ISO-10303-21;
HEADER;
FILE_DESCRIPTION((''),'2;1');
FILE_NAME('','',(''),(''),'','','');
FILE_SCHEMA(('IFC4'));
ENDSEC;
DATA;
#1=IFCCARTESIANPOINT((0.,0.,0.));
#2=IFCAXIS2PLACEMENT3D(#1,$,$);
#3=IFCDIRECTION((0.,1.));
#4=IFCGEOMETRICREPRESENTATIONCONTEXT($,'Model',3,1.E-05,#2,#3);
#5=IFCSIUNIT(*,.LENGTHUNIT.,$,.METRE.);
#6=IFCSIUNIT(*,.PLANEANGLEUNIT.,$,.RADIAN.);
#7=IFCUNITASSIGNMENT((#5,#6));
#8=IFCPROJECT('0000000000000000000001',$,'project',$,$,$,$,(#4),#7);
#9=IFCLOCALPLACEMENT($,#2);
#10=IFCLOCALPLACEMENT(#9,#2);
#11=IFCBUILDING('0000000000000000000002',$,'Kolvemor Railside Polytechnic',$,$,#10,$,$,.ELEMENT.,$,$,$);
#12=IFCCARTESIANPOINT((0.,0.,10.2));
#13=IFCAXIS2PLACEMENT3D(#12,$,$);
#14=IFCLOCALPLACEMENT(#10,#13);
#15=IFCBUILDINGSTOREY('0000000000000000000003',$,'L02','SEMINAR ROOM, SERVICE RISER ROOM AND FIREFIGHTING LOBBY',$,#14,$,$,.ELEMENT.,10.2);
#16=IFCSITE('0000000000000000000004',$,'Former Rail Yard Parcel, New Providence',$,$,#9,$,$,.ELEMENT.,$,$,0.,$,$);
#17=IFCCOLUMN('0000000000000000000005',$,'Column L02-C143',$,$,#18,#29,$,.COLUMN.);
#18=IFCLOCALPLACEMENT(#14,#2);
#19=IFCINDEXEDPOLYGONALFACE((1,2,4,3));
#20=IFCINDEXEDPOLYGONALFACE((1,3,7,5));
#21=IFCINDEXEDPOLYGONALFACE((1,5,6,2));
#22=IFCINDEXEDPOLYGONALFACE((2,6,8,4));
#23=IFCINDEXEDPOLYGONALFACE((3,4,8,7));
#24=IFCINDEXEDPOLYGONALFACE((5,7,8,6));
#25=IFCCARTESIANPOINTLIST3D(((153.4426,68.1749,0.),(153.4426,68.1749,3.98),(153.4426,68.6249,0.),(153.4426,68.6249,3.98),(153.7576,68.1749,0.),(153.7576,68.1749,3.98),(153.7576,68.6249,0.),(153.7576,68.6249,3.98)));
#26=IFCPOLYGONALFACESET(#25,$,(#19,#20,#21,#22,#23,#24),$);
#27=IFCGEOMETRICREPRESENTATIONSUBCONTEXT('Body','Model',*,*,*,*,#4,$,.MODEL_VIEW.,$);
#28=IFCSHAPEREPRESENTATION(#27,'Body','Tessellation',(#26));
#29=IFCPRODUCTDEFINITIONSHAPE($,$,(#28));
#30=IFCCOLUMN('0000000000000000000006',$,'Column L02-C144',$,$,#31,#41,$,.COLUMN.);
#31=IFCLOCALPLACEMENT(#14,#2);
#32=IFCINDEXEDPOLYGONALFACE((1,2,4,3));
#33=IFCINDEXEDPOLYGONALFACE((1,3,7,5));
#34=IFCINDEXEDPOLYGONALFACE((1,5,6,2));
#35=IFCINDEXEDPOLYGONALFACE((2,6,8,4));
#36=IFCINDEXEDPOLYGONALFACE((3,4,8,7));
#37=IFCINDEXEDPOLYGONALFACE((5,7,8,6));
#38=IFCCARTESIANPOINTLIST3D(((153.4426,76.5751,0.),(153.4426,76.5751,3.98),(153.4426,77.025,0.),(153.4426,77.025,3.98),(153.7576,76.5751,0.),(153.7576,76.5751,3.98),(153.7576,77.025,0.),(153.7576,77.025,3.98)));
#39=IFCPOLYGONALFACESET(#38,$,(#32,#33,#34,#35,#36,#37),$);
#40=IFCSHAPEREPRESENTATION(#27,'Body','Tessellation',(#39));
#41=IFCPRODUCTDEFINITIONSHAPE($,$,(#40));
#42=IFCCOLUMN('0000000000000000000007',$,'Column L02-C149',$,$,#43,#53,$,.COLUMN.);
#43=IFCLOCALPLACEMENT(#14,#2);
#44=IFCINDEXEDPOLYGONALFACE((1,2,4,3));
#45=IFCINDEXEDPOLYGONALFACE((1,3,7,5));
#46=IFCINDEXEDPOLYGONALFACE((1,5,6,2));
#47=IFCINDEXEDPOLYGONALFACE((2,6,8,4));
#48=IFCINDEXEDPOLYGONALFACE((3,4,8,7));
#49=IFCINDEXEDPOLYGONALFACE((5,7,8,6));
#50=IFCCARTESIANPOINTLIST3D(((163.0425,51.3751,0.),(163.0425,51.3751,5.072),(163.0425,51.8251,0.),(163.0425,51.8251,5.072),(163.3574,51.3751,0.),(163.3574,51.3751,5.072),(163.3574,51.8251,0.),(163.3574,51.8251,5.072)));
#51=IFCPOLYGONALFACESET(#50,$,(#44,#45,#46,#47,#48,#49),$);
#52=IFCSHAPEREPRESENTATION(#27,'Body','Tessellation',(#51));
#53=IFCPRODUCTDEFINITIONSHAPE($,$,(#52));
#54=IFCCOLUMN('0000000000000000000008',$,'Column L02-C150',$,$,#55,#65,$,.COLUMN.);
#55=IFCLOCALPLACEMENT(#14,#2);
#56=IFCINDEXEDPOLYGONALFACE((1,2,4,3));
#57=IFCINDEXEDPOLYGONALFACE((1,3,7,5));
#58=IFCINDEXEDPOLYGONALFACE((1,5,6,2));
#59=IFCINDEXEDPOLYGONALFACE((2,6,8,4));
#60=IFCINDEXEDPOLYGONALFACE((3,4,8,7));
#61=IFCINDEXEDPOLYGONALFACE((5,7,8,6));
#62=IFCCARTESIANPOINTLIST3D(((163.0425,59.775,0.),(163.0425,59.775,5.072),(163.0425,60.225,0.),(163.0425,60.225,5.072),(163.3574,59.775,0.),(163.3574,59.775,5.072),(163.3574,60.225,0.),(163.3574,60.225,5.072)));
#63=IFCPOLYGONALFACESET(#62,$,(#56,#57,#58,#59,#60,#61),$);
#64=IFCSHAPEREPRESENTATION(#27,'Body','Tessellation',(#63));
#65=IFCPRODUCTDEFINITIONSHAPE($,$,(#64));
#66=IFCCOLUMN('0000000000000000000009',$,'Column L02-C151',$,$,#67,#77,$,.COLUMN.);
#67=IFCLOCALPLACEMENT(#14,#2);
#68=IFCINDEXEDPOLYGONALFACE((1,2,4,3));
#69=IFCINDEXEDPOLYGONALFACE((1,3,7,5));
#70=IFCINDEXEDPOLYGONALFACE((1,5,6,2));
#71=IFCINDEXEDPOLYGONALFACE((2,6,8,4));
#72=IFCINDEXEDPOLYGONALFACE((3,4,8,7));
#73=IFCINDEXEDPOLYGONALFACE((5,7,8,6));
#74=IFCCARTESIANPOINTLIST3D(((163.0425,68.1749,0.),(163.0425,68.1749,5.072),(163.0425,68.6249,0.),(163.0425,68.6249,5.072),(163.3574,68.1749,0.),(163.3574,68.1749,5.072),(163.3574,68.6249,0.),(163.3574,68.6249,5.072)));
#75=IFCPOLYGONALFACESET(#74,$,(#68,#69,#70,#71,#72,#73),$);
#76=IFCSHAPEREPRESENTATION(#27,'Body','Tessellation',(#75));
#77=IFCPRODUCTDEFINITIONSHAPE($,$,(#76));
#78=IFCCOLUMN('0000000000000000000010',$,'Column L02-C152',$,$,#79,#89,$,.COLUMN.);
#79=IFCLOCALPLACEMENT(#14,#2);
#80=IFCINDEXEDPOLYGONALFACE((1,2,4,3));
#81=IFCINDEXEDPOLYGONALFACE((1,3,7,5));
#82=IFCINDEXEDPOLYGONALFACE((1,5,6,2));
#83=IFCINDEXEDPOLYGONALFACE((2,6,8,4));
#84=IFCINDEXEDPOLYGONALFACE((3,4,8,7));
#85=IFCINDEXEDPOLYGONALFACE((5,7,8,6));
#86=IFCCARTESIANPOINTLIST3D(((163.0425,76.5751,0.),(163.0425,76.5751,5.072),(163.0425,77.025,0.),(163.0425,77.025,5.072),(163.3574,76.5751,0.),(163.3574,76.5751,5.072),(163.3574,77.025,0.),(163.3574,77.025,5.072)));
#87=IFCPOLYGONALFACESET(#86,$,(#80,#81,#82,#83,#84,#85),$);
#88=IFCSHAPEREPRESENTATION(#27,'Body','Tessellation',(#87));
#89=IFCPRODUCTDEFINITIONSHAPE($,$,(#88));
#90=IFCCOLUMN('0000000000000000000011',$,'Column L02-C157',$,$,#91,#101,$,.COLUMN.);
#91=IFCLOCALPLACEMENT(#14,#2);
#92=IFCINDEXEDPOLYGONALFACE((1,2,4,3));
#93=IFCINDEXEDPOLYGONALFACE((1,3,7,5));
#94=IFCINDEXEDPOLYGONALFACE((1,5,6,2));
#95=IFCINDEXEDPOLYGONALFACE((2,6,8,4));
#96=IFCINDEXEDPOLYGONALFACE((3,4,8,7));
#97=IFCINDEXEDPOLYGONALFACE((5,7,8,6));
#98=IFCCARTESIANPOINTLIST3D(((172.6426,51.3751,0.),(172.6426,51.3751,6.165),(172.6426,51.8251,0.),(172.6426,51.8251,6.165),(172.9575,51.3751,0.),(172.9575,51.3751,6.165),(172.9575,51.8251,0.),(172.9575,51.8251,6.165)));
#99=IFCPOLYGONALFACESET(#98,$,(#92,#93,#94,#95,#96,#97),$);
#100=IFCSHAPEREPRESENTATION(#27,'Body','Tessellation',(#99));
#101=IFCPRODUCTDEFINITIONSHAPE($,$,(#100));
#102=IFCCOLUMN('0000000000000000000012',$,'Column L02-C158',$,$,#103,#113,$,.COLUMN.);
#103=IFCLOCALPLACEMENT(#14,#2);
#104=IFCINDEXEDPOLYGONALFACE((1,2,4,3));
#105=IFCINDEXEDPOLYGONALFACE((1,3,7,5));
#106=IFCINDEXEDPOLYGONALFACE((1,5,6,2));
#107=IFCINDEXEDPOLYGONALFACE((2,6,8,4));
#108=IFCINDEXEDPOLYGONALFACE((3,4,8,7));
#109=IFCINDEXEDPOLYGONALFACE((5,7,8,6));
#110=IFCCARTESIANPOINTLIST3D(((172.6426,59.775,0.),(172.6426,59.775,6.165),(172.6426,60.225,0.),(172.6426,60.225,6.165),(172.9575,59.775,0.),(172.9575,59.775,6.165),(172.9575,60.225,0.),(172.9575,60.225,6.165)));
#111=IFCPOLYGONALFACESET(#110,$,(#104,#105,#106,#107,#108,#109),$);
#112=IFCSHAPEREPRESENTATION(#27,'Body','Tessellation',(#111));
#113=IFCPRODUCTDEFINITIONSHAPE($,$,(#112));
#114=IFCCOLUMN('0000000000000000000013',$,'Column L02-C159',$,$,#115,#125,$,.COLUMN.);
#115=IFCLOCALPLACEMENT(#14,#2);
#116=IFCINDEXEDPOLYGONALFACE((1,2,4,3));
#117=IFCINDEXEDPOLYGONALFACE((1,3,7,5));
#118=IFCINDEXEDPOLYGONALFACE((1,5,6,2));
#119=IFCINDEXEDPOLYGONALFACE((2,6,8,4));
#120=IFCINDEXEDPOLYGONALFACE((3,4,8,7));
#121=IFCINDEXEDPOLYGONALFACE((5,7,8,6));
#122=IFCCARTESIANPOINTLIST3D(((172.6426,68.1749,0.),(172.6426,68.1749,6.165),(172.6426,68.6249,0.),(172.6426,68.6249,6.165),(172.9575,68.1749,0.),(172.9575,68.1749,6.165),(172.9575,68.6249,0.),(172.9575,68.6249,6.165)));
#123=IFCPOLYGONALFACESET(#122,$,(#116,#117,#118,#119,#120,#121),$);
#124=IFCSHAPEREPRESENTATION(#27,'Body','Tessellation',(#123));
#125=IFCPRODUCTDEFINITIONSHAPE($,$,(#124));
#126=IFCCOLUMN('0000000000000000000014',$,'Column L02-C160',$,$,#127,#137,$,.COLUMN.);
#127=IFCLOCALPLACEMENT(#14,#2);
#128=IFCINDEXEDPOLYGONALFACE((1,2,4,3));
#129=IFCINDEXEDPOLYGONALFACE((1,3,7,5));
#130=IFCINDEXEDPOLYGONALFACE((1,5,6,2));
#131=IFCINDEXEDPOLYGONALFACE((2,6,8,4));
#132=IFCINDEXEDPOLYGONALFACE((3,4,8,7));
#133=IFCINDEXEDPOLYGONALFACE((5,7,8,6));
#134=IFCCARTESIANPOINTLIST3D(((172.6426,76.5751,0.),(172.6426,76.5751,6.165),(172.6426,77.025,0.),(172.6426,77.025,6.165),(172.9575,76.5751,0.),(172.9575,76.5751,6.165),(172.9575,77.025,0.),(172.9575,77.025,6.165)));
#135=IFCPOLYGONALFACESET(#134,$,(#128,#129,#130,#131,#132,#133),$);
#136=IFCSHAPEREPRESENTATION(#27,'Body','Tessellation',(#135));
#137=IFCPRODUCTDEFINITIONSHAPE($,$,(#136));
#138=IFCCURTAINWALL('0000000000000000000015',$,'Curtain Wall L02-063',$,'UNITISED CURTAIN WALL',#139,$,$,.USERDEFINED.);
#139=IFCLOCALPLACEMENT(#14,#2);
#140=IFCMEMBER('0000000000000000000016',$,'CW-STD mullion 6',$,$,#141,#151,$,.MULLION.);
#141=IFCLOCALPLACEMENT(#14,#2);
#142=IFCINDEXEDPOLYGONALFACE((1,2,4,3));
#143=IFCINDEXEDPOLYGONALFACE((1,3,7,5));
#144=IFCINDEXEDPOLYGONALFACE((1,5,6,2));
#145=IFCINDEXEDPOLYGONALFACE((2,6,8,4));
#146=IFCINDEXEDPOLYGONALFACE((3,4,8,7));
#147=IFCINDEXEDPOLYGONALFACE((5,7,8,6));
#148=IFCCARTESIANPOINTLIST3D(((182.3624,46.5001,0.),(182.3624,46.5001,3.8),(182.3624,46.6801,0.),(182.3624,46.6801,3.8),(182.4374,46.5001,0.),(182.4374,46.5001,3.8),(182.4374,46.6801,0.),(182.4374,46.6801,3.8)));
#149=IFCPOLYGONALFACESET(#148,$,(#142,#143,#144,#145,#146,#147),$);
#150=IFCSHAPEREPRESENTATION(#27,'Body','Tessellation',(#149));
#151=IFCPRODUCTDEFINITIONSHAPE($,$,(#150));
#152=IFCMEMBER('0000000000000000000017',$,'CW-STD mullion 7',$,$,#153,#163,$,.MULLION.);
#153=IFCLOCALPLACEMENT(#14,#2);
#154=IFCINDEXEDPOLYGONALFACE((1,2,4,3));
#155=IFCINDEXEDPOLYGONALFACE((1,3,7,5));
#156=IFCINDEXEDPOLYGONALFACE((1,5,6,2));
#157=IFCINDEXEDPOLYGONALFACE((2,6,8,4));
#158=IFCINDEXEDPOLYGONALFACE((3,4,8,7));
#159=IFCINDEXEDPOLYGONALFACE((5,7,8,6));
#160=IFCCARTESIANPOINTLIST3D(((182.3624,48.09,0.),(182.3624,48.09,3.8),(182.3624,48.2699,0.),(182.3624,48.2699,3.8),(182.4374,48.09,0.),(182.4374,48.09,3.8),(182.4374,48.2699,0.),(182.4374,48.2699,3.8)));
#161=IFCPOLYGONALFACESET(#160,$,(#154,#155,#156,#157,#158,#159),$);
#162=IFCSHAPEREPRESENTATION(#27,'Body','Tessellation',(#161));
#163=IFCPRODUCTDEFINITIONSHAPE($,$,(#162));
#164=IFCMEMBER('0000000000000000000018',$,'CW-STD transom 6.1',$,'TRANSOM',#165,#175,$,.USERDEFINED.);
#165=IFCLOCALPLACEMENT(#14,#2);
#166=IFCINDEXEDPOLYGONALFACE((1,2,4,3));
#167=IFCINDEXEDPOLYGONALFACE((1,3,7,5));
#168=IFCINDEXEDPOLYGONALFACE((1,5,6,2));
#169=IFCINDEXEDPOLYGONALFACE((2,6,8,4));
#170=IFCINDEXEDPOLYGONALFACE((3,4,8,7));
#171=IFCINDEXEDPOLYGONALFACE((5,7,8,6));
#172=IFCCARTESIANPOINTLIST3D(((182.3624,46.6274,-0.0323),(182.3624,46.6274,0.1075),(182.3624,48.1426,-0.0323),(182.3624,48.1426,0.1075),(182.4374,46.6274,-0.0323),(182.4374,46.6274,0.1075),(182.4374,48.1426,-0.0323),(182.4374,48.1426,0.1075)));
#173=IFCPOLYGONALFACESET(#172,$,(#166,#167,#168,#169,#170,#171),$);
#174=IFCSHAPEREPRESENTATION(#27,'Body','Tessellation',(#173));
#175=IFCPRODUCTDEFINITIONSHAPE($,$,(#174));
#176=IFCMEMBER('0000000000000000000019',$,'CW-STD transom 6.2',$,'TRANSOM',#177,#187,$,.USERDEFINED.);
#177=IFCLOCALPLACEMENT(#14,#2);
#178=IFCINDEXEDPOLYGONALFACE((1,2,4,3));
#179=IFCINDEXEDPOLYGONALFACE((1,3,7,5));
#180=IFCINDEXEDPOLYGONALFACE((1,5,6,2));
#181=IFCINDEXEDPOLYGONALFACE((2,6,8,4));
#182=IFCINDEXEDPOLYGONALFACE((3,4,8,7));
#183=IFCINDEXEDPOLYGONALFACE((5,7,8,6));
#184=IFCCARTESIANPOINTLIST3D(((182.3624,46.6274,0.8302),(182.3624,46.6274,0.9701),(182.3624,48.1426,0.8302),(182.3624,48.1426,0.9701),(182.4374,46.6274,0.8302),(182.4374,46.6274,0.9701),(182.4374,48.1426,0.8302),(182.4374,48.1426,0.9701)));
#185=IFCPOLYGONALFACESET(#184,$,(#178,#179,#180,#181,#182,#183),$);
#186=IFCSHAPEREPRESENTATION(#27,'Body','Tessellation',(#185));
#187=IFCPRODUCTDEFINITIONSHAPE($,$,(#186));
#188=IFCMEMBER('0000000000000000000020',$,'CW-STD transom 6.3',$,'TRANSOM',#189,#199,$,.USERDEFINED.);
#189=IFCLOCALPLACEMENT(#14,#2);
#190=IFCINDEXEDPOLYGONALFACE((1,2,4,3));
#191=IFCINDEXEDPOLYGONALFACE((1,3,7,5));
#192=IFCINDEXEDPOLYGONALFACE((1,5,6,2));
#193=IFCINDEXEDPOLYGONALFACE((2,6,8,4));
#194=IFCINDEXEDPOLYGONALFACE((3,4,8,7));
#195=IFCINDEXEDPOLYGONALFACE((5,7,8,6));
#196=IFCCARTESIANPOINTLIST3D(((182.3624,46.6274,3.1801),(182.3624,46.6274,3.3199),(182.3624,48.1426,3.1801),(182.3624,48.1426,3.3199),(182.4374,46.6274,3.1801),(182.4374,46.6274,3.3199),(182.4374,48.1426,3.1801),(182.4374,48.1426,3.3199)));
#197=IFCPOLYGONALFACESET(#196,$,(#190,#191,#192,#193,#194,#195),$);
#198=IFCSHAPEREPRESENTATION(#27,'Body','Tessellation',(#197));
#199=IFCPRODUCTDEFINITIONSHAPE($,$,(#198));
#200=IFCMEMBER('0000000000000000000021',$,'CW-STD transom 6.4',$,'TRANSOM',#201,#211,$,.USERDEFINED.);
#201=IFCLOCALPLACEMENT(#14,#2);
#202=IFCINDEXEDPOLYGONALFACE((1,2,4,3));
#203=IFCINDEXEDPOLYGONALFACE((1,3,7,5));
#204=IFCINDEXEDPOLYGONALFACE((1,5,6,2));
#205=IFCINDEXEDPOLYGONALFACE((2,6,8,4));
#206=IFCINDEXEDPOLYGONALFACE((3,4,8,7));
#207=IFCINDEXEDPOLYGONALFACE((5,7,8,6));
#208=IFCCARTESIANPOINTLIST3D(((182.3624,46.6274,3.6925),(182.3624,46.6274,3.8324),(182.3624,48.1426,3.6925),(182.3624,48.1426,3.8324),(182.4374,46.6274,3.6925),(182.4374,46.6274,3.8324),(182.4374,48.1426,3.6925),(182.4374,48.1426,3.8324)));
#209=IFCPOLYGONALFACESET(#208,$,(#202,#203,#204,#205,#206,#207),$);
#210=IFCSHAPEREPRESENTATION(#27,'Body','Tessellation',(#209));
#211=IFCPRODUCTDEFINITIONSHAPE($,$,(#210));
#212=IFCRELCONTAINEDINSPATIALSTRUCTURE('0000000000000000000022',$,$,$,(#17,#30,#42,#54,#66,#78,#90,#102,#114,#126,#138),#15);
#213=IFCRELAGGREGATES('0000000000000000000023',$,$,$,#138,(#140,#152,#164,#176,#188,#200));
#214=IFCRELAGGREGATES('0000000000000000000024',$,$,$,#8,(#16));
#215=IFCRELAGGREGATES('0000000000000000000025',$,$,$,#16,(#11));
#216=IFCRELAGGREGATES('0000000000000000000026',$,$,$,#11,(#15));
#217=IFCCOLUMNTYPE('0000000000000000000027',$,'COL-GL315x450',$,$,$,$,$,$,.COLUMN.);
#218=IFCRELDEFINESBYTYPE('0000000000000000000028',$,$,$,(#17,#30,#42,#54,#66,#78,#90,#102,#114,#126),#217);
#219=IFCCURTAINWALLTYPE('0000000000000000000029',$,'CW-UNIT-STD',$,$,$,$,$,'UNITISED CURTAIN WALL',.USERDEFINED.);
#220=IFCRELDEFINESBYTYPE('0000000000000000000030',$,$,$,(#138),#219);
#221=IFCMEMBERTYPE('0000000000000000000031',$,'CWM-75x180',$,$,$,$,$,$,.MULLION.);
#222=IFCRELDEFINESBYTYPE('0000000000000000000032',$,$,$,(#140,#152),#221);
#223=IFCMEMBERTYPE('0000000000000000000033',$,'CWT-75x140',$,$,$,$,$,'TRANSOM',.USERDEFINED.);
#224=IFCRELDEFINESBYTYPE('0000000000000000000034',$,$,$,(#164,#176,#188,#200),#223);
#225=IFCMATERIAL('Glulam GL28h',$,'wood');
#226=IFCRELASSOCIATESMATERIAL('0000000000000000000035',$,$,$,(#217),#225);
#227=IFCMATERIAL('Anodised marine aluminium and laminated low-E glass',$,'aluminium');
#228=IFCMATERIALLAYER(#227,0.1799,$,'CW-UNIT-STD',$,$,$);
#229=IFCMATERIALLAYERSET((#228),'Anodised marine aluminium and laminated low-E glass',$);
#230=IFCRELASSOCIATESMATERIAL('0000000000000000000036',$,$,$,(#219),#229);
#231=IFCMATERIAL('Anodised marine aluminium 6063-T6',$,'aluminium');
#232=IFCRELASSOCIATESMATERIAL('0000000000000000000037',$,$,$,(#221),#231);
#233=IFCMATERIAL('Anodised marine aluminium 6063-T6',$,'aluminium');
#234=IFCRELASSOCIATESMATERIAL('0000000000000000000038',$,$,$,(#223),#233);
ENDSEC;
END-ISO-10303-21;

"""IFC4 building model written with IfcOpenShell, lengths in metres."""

from ifc_helpers import new_model, si_unit, direction, frame, origin, origin_2d, place, context, subcontext, project, spatial, rectangle, extrude, material, layer, layer_set, material_profile, profile_set, type_object, element, aggregate, save


model = new_model("IFC4")

# Units and contexts
model_context = context("Model", 3, precision=1e-05, world=origin(), true_north=direction((0.0, 1.0)))
body_context = subcontext(model_context, "Body", "Model", "MODEL_VIEW")
ifc_project = project(units=[si_unit("LENGTHUNIT", "METRE"), si_unit("PLANEANGLEUNIT", "RADIAN")], contexts=[model_context])

# Site, building, storey
site_placement = place(None, origin())
site = spatial("IfcSite", under=ifc_project, at=site_placement, Name="Former Rail Yard Parcel, New Providence", CompositionType="ELEMENT", RefElevation=0.0)
building_placement = place(site_placement, origin())
building = spatial("IfcBuilding", under=site, at=building_placement, Name="Kolvemor Railside Polytechnic", CompositionType="ELEMENT")
storey_placement = place(building_placement, frame((0.0, 0.0, 10.2)))
storey = spatial("IfcBuildingStorey", under=building, at=storey_placement, Name="L02", Description="SEMINAR ROOM, SERVICE RISER ROOM AND FIREFIGHTING LOBBY", CompositionType="ELEMENT", Elevation=10.2)

# Columns
ifc_material_1 = material(Name="Glulam GL28h", Category="wood")
ifc_material_profile_1 = material_profile(ifc_material_1, rectangle(XDim=0.3149, YDim=0.45, at=origin_2d()), Name="GL315x450")
ifc_profile_set_1 = profile_set([ifc_material_profile_1], Name="Glulam GL28h")
column_type = type_object("IfcColumnType", Name="COL-GL315x450", PredefinedType="COLUMN", material=ifc_profile_set_1)
for number, where, z_axis, x_axis, name in (
    (1, (153.6001, 68.3999, 0.0), (0.0, 0.0, 1.0), (1.0, 0.0, 0.0), "Column L02-C143"),
    (2, (153.6001, 76.8, 0.0), (0.0, 0.0, 1.0), (1.0, 0.0, 0.0), "Column L02-C144"),
):
    element("IfcColumn", number, at=place(storey_placement, frame(where, z_axis=z_axis, x_axis=x_axis)), inside=storey, type_object=column_type, Name=name, PredefinedType="COLUMN", context=body_context, shape_type="SweptSolid", body=[
        extrude(rectangle(XDim=0.3149, YDim=0.45, at=origin_2d()), origin(), (0.0, 0.0, 1.0), 3.98),
    ])
for number, where, z_axis, x_axis, name in (
    (3, (163.2, 51.6001, 0.0), (0.0, 0.0, 1.0), (1.0, 0.0, 0.0), "Column L02-C149"),
    (4, (163.2, 60.0, 0.0), (0.0, 0.0, 1.0), (1.0, 0.0, 0.0), "Column L02-C150"),
    (5, (163.2, 68.3999, 0.0), (0.0, 0.0, 1.0), (1.0, 0.0, 0.0), "Column L02-C151"),
    (6, (163.2, 76.8, 0.0), (0.0, 0.0, 1.0), (1.0, 0.0, 0.0), "Column L02-C152"),
):
    element("IfcColumn", number, at=place(storey_placement, frame(where, z_axis=z_axis, x_axis=x_axis)), inside=storey, type_object=column_type, Name=name, PredefinedType="COLUMN", context=body_context, shape_type="SweptSolid", body=[
        extrude(rectangle(XDim=0.3149, YDim=0.45, at=origin_2d()), origin(), (0.0, 0.0, 1.0), 5.072),
    ])
for number, where, z_axis, x_axis, name in (
    (7, (172.8, 51.6001, 0.0), (0.0, 0.0, 1.0), (1.0, 0.0, 0.0), "Column L02-C157"),
    (8, (172.8, 60.0, 0.0), (0.0, 0.0, 1.0), (1.0, 0.0, 0.0), "Column L02-C158"),
    (9, (172.8, 68.3999, 0.0), (0.0, 0.0, 1.0), (1.0, 0.0, 0.0), "Column L02-C159"),
    (10, (172.8, 76.8, 0.0), (0.0, 0.0, 1.0), (1.0, 0.0, 0.0), "Column L02-C160"),
):
    element("IfcColumn", number, at=place(storey_placement, frame(where, z_axis=z_axis, x_axis=x_axis)), inside=storey, type_object=column_type, Name=name, PredefinedType="COLUMN", context=body_context, shape_type="SweptSolid", body=[
        extrude(rectangle(XDim=0.3149, YDim=0.45, at=origin_2d()), origin(), (0.0, 0.0, 1.0), 6.165),
    ])

# Curtain wall, members
ifc_material_2 = material(Name="Anodised marine aluminium and laminated low-E glass", Category="aluminium")
ifc_layer_1 = layer(ifc_material_2, 0.1799, Name="CW-UNIT-STD")
ifc_layer_set_1 = layer_set([ifc_layer_1], Name="Anodised marine aluminium and laminated low-E glass")
curtain_wall_type = type_object("IfcCurtainWallType", Name="CW-UNIT-STD", ElementType="UNITISED CURTAIN WALL", PredefinedType="USERDEFINED", material=ifc_layer_set_1)
curtain_wall_placement = place(storey_placement, origin())
curtain_wall = element("IfcCurtainWall", 11, at=curtain_wall_placement, inside=storey, type_object=curtain_wall_type, Name="Curtain Wall L02-063", ObjectType="UNITISED CURTAIN WALL", PredefinedType="USERDEFINED")
ifc_material_3 = material(Name="Anodised marine aluminium 6063-T6", Category="aluminium")
ifc_material_profile_2 = material_profile(ifc_material_3, rectangle(XDim=0.075, YDim=0.1799, at=origin_2d()), Name="CW-MUL-75x180")
ifc_profile_set_2 = profile_set([ifc_material_profile_2], Name="Anodised marine aluminium 6063-T6")
member_type_1 = type_object("IfcMemberType", Name="CWM-75x180", PredefinedType="MULLION", material=ifc_profile_set_2)
member_1_placement = place(storey_placement, frame((182.3999, 46.5901, 0.0), z_axis=(0.0, 0.0, 1.0), x_axis=(-1.0, 0.0, 0.0)))
member_1 = element("IfcMember", 12, at=member_1_placement, type_object=member_type_1, Name="CW-STD mullion 6", PredefinedType="MULLION", context=body_context, shape_type="SweptSolid", body=[
    extrude(rectangle(XDim=0.075, YDim=0.1799, at=origin_2d()), origin(), (0.0, 0.0, 1.0), 3.8),
])
member_2_placement = place(storey_placement, frame((182.3999, 48.1799, 0.0), z_axis=(0.0, 0.0, 1.0), x_axis=(-1.0, 0.0, 0.0)))
member_2 = element("IfcMember", 13, at=member_2_placement, type_object=member_type_1, Name="CW-STD mullion 7", PredefinedType="MULLION", context=body_context, shape_type="SweptSolid", body=[
    extrude(rectangle(XDim=0.075, YDim=0.1799, at=origin_2d()), origin(), (0.0, 0.0, 1.0), 3.8),
])
ifc_material_4 = material(Name="Anodised marine aluminium 6063-T6", Category="aluminium")
ifc_material_profile_3 = material_profile(ifc_material_4, rectangle(XDim=0.075, YDim=0.1399, at=origin_2d()), Name="CW-TRN-75x140")
ifc_profile_set_3 = profile_set([ifc_material_profile_3], Name="Anodised marine aluminium 6063-T6")
member_type_2 = type_object("IfcMemberType", Name="CWT-75x140", ElementType="TRANSOM", PredefinedType="USERDEFINED", material=ifc_profile_set_3)
member_3_placement = place(storey_placement, frame((182.3999, 46.6274, 0.0376), z_axis=(0.0, 1.0, 0.0), x_axis=(-1.0, 0.0, 0.0)))
member_3 = element("IfcMember", 14, at=member_3_placement, type_object=member_type_2, Name="CW-STD transom 6.1", ObjectType="TRANSOM", PredefinedType="USERDEFINED", context=body_context, shape_type="SweptSolid", body=[
    extrude(rectangle(XDim=0.075, YDim=0.1399, at=origin_2d()), origin(), (0.0, 0.0, 1.0), 1.5151),
])
member_4_placement = place(storey_placement, frame((182.3999, 46.6274, 0.9001), z_axis=(0.0, 1.0, 0.0), x_axis=(-1.0, 0.0, 0.0)))
member_4 = element("IfcMember", 15, at=member_4_placement, type_object=member_type_2, Name="CW-STD transom 6.2", ObjectType="TRANSOM", PredefinedType="USERDEFINED", context=body_context, shape_type="SweptSolid", body=[
    extrude(rectangle(XDim=0.075, YDim=0.1399, at=origin_2d()), origin(), (0.0, 0.0, 1.0), 1.5151),
])
member_5_placement = place(storey_placement, frame((182.3999, 46.6274, 3.25), z_axis=(0.0, 1.0, 0.0), x_axis=(-1.0, 0.0, 0.0)))
member_5 = element("IfcMember", 16, at=member_5_placement, type_object=member_type_2, Name="CW-STD transom 6.3", ObjectType="TRANSOM", PredefinedType="USERDEFINED", context=body_context, shape_type="SweptSolid", body=[
    extrude(rectangle(XDim=0.075, YDim=0.1399, at=origin_2d()), origin(), (0.0, 0.0, 1.0), 1.5151),
])
member_6_placement = place(storey_placement, frame((182.3999, 46.6274, 3.7625), z_axis=(0.0, 1.0, 0.0), x_axis=(-1.0, 0.0, 0.0)))
member_6 = element("IfcMember", 17, at=member_6_placement, type_object=member_type_2, Name="CW-STD transom 6.4", ObjectType="TRANSOM", PredefinedType="USERDEFINED", context=body_context, shape_type="SweptSolid", body=[
    extrude(rectangle(XDim=0.075, YDim=0.1399, at=origin_2d()), origin(), (0.0, 0.0, 1.0), 1.5151),
])
aggregate(curtain_wall, [member_1, member_2, member_3, member_4, member_5, member_6])

save(model, "model.ifc")
